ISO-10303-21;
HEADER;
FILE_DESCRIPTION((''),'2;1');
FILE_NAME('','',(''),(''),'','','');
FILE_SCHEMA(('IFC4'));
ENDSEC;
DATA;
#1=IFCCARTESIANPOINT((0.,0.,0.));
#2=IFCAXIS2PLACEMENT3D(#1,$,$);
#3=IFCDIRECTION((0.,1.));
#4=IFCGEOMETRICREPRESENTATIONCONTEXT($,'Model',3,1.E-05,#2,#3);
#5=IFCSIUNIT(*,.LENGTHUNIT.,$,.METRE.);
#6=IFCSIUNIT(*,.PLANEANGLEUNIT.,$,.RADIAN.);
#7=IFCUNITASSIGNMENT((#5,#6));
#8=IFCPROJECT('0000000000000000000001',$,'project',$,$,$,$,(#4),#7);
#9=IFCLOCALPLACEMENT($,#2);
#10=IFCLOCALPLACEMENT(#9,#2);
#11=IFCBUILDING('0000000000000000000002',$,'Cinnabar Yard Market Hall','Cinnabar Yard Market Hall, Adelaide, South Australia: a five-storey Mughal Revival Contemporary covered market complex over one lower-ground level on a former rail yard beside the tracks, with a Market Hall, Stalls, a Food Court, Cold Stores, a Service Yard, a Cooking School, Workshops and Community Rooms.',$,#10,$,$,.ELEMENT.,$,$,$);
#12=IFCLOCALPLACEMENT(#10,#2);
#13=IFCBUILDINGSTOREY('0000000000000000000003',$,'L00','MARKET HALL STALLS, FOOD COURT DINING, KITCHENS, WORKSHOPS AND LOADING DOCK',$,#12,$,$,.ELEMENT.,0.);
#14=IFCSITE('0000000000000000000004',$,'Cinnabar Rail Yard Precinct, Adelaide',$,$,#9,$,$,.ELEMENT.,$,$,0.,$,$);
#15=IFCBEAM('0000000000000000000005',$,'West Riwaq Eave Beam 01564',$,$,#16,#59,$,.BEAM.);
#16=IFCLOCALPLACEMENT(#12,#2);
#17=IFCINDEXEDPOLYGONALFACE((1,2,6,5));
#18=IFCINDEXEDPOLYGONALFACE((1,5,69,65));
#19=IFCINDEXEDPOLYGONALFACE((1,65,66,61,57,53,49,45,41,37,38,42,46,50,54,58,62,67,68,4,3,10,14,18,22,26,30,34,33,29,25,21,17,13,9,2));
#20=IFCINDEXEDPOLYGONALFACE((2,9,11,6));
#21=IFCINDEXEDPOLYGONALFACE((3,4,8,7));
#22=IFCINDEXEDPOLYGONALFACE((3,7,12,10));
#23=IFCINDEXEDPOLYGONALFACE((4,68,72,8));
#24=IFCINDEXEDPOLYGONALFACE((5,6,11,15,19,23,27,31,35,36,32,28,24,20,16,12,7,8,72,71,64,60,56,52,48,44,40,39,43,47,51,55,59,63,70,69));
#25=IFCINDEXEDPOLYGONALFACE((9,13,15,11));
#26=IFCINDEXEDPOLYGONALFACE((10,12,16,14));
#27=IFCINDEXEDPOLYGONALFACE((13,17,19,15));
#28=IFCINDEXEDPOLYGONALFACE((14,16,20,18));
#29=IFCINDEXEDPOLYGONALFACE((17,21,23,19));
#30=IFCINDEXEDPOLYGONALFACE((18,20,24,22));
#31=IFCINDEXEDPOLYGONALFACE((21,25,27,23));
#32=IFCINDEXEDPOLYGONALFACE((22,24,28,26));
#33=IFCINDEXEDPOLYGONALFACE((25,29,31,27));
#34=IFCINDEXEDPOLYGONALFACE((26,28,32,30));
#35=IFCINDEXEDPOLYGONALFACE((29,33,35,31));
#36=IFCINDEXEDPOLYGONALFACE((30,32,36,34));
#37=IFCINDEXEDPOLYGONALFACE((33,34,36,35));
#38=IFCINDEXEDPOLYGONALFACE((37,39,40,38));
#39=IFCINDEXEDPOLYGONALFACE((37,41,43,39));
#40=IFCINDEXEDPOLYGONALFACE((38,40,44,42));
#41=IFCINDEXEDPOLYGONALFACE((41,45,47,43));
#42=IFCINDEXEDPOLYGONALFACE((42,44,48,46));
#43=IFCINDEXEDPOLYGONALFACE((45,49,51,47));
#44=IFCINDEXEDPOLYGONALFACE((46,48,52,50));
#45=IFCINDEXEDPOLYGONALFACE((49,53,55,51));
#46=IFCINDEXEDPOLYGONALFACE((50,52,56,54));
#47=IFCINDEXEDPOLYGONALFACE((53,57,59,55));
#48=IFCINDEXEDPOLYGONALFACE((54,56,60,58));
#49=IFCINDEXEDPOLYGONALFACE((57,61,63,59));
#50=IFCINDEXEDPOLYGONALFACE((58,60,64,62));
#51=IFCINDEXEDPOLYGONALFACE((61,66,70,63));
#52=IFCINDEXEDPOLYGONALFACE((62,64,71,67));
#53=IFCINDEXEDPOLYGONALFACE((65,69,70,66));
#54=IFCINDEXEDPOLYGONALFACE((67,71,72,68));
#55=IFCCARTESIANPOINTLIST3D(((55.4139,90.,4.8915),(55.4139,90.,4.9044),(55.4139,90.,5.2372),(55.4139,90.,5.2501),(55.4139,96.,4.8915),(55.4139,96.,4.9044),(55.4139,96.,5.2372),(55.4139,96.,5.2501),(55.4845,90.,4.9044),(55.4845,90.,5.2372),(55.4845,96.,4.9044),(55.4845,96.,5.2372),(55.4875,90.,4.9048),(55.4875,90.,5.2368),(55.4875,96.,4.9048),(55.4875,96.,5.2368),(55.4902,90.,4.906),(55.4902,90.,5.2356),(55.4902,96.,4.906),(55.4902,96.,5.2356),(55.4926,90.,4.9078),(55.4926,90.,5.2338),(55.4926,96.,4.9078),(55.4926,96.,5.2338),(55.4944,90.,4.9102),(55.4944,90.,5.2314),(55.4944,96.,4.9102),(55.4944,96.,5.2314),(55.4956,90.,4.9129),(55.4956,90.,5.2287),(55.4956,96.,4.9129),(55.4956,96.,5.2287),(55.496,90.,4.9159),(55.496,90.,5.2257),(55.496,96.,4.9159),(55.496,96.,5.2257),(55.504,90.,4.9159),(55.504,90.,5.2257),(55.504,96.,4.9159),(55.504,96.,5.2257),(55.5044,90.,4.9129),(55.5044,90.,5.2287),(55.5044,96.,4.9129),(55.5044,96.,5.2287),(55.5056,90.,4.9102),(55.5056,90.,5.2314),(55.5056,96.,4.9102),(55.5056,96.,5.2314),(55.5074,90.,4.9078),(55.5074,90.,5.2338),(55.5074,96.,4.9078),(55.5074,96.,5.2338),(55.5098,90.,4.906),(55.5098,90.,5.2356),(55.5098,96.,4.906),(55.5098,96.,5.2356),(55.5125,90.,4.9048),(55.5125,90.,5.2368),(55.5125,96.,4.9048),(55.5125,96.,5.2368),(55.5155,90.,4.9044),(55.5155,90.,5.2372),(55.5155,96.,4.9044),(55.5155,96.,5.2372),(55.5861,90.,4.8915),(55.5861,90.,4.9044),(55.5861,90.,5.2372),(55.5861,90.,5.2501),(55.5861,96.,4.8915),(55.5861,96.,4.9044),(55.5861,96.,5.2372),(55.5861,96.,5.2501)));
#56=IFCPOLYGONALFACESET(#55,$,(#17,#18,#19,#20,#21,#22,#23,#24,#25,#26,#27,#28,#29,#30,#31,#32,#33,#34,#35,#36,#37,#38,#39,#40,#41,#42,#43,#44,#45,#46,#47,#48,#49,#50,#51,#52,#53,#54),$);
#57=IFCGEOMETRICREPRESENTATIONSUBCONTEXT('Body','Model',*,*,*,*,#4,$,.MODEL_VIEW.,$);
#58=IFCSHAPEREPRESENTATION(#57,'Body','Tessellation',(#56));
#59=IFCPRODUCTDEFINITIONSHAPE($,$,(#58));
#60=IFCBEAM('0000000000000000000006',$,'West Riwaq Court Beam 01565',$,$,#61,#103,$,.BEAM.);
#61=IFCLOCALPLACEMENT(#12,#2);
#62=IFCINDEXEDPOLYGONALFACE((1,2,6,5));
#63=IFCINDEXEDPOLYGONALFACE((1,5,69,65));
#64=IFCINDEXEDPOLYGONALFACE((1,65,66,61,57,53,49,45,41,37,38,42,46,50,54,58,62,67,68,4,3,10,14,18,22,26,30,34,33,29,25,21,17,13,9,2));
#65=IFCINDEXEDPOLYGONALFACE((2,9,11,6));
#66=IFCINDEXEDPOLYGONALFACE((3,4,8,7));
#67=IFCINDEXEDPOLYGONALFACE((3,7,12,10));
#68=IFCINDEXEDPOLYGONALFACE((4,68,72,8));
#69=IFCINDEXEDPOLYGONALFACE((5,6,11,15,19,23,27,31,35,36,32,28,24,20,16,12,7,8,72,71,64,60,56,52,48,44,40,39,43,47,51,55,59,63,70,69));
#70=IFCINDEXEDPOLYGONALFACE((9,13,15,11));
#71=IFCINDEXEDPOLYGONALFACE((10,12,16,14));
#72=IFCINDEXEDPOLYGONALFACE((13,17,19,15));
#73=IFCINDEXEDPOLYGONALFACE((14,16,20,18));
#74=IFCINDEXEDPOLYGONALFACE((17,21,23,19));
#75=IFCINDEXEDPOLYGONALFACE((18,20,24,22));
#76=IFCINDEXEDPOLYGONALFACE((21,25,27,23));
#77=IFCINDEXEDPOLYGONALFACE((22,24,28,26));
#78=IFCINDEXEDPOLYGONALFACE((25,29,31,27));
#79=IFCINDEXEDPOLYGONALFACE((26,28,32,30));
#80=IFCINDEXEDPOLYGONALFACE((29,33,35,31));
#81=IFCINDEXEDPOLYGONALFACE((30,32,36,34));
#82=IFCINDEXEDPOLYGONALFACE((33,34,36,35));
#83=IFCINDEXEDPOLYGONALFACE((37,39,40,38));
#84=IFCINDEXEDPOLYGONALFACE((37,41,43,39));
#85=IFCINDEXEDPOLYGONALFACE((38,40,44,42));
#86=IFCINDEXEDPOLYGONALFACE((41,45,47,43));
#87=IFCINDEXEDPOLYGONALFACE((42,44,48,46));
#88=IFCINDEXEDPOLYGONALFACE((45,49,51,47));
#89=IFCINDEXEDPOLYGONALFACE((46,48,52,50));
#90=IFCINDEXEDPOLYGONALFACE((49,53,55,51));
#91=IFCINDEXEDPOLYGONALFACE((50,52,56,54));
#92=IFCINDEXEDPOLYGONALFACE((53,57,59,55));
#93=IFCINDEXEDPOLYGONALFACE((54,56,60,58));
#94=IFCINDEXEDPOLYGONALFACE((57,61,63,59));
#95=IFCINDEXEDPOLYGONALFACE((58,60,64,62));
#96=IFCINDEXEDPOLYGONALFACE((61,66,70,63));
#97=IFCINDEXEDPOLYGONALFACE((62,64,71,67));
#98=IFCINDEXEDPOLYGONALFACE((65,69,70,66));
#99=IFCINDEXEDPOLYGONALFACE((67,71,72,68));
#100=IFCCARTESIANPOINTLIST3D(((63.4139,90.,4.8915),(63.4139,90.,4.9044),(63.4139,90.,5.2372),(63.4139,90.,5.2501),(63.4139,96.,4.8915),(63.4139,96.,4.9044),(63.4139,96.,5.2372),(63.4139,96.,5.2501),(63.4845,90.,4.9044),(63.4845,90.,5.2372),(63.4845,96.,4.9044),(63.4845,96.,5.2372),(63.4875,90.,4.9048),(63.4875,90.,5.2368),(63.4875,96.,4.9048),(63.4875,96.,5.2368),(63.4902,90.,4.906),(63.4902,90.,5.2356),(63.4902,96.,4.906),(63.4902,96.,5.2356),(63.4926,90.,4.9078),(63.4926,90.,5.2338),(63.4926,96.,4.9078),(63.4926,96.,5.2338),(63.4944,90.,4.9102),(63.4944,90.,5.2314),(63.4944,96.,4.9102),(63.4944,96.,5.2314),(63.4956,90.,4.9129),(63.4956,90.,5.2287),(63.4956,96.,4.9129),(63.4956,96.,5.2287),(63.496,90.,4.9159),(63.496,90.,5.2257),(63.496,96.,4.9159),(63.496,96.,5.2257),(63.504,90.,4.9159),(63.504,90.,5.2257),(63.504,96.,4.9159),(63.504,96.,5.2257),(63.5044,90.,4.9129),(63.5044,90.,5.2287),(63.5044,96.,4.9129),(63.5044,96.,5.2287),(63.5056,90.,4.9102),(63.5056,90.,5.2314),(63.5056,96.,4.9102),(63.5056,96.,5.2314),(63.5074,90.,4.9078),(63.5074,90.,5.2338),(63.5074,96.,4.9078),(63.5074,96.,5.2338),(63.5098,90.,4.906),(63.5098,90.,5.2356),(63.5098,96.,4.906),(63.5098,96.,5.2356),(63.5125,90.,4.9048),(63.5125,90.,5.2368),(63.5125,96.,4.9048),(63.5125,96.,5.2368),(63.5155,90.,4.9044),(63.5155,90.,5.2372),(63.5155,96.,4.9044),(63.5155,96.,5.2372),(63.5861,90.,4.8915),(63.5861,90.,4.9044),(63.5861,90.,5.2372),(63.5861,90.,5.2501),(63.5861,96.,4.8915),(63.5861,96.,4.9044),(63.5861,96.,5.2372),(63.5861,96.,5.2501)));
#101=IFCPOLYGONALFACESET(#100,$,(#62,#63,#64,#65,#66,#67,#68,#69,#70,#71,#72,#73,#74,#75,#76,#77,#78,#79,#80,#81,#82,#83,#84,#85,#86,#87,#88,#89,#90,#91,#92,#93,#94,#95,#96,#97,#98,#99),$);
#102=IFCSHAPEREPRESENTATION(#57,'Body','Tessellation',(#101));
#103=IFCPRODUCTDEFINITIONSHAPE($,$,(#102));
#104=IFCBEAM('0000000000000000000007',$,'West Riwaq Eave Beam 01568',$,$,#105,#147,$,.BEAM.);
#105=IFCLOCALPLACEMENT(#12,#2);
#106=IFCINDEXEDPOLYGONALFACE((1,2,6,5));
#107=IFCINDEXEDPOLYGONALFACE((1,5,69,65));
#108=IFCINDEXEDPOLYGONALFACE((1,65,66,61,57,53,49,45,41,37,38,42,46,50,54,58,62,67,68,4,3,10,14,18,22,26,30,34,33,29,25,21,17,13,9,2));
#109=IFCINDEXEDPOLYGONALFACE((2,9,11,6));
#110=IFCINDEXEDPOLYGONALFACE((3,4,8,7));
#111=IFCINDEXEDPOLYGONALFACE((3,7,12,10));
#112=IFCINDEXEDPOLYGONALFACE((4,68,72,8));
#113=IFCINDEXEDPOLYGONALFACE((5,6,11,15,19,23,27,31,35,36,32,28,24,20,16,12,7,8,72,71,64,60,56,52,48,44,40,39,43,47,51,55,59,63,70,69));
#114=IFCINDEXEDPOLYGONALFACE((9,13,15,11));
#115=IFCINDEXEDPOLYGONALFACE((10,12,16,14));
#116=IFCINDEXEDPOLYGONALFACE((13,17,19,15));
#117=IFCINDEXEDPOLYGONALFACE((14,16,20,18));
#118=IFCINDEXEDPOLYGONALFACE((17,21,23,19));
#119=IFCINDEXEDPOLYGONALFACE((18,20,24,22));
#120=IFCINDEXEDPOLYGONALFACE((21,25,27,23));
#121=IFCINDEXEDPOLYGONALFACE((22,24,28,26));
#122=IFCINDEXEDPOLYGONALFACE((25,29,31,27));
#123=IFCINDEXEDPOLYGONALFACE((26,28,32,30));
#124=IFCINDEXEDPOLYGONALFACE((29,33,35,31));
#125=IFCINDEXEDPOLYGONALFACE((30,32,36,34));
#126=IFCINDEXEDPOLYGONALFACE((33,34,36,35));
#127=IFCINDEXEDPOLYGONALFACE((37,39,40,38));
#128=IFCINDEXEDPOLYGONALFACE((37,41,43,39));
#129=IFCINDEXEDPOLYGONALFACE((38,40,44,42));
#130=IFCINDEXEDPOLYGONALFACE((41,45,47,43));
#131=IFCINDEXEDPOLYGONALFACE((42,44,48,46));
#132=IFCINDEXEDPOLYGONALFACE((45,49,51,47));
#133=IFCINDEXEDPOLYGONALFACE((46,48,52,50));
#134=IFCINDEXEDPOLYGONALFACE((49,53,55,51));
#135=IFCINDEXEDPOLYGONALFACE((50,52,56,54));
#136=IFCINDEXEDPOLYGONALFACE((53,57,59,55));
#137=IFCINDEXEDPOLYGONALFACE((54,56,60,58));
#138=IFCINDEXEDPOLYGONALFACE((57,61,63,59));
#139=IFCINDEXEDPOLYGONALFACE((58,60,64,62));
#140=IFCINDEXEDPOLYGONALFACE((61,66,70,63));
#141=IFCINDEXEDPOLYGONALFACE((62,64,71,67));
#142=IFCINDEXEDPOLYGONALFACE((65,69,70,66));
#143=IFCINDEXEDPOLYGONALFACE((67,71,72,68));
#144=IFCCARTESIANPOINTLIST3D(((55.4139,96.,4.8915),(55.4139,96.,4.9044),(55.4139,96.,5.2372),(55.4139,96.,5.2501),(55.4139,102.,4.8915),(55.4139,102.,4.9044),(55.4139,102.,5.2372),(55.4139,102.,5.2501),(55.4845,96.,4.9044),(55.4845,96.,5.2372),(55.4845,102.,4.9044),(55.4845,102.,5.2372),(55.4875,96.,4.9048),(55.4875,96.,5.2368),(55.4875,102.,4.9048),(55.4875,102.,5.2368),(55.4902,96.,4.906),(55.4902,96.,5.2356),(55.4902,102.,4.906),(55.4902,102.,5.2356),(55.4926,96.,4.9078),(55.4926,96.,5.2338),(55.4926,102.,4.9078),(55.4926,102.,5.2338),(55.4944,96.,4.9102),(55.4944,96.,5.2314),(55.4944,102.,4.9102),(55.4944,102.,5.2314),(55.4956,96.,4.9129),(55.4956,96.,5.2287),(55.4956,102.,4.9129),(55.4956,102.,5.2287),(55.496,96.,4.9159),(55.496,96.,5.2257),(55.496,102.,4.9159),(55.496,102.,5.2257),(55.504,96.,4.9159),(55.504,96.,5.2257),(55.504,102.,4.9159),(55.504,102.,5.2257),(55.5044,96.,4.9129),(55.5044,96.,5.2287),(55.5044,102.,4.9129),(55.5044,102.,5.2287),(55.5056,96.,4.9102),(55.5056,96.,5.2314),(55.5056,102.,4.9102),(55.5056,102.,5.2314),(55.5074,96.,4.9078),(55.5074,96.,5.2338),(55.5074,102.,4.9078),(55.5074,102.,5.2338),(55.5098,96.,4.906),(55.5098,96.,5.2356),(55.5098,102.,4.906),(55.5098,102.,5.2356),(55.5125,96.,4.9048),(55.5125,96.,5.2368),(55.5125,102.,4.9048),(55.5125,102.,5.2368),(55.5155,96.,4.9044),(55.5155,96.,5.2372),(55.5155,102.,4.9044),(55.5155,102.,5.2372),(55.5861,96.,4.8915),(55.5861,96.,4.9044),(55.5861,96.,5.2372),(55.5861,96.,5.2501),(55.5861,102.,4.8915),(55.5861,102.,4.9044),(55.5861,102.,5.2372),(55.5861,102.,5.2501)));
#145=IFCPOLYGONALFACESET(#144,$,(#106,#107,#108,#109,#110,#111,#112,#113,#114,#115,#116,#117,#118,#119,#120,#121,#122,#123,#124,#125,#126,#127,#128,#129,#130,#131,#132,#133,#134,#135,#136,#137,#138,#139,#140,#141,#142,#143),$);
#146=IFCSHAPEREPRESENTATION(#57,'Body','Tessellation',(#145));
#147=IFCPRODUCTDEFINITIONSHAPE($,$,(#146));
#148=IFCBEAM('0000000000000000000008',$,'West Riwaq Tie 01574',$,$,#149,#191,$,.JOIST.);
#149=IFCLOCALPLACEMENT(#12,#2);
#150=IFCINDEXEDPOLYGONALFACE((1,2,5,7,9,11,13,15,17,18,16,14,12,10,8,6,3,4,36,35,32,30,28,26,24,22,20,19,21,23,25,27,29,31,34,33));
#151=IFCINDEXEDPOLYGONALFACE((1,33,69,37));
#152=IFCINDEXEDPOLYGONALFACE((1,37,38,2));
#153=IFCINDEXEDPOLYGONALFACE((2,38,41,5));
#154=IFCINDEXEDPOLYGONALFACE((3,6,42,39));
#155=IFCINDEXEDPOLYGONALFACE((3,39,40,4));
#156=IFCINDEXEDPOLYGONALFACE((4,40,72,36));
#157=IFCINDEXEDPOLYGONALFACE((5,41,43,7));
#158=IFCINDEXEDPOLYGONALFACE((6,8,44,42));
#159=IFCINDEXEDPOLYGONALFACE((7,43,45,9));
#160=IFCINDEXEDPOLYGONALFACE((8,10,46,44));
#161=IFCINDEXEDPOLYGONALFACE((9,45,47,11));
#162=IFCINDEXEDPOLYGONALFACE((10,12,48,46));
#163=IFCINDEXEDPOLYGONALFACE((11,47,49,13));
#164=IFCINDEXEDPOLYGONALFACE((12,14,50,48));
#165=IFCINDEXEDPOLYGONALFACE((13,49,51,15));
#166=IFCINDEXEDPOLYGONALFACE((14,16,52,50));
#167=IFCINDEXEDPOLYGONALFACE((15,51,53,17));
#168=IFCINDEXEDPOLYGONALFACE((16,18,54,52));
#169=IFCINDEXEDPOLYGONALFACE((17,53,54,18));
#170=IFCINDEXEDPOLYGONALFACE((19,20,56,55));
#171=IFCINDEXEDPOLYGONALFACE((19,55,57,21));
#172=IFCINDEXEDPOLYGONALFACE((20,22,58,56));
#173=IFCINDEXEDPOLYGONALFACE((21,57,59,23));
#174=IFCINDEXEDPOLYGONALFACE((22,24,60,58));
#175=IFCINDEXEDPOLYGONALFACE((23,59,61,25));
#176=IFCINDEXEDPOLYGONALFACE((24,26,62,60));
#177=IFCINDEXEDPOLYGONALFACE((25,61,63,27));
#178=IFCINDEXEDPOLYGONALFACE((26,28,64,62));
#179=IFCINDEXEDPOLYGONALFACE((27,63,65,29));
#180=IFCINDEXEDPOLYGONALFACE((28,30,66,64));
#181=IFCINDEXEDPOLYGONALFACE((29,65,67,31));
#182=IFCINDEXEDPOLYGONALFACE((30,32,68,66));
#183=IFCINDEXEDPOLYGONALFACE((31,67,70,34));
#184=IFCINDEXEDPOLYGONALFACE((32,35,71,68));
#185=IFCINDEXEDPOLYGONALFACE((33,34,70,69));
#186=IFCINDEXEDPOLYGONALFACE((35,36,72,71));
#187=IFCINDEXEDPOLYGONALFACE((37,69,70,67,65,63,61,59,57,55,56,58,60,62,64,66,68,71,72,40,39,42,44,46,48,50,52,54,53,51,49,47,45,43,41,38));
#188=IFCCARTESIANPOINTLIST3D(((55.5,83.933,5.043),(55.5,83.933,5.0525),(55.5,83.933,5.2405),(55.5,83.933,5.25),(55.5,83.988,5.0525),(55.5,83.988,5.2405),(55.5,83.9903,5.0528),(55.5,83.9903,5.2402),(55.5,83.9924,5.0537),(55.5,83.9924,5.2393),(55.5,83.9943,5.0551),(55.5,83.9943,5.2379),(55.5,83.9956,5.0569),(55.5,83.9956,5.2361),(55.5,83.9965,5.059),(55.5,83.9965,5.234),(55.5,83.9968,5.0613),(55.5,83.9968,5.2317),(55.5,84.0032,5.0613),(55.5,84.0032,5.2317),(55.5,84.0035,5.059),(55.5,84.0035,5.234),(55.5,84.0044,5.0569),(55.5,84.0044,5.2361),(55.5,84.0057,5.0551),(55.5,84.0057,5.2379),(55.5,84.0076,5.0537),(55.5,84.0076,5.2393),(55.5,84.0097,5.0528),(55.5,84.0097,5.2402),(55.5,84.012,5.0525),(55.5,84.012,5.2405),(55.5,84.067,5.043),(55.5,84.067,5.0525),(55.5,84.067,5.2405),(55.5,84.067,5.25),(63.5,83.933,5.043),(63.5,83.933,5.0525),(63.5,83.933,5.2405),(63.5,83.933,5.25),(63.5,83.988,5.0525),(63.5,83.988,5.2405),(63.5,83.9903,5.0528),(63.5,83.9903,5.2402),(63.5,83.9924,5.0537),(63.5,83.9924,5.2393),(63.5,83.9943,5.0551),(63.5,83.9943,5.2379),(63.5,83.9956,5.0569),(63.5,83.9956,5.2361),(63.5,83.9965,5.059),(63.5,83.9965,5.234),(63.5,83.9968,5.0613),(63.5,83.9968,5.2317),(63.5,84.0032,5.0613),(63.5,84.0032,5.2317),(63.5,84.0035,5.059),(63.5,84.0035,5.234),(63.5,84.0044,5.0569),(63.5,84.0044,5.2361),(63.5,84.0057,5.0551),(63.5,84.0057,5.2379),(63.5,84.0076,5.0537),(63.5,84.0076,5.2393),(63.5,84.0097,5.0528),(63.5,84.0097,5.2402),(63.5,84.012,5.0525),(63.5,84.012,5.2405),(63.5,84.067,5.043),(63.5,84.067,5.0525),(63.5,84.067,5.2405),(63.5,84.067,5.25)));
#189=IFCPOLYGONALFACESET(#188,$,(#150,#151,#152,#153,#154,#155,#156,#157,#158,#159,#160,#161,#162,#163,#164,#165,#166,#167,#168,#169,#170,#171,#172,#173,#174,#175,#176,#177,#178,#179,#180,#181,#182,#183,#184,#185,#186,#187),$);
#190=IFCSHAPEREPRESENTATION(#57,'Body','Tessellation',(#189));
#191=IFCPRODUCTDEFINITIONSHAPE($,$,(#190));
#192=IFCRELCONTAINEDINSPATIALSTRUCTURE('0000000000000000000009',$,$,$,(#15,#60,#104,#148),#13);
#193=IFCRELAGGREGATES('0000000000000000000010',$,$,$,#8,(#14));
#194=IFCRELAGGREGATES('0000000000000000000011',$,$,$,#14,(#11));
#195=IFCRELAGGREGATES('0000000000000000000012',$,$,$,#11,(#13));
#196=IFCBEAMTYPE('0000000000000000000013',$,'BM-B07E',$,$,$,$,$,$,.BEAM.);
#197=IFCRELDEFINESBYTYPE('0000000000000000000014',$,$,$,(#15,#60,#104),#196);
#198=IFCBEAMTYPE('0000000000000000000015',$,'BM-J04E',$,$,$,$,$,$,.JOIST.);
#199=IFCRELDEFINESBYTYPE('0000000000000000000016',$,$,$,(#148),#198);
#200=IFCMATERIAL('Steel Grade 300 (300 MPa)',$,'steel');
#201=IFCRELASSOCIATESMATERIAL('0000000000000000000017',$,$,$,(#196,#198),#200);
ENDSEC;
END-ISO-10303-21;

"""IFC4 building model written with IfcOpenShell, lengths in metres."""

from ifc_helpers import new_model, si_unit, direction, frame, origin, origin_2d_with_axis, place, context, subcontext, project, spatial, i_section, extrude, material, material_profile, profile_set, type_object, element, save


model = new_model("IFC4")

# Units and contexts
model_context = context("Model", 3, precision=1e-05, world=origin(), true_north=direction((0.0, 1.0)))
body_context = subcontext(model_context, "Body", "Model", "MODEL_VIEW")
ifc_project = project(units=[si_unit("LENGTHUNIT", "METRE"), si_unit("PLANEANGLEUNIT", "RADIAN")], contexts=[model_context])

# Site, building, storey
site_placement = place(None, origin())
site = spatial("IfcSite", under=ifc_project, at=site_placement, Name="Cinnabar Rail Yard Precinct, Adelaide", CompositionType="ELEMENT", RefElevation=0.0)
building_placement = place(site_placement, origin())
building = spatial("IfcBuilding", under=site, at=building_placement, Name="Cinnabar Yard Market Hall", Description="Cinnabar Yard Market Hall, Adelaide, South Australia: a five-storey Mughal Revival Contemporary covered market complex over one lower-ground level on a former rail yard beside the tracks, with a Market Hall, Stalls, a Food Court, Cold Stores, a Service Yard, a Cooking School, Workshops and Community Rooms.", CompositionType="ELEMENT")
storey_placement = place(building_placement, origin())
storey = spatial("IfcBuildingStorey", under=building, at=storey_placement, Name="L00", Description="MARKET HALL STALLS, FOOD COURT DINING, KITCHENS, WORKSHOPS AND LOADING DOCK", CompositionType="ELEMENT", Elevation=0.0)

# Shared definitions
ifc_material_1 = material(Name="Steel Grade 300 (300 MPa)", Category="steel")

# Beams
ifc_material_profile_1 = material_profile(ifc_material_1, i_section(OverallWidth=0.1721, OverallDepth=0.3586, WebThickness=0.0081, FlangeThickness=0.0129, FilletRadius=0.0115, at=origin_2d_with_axis()), Name="360UB56.7")
ifc_profile_set_1 = profile_set([ifc_material_profile_1], Name="Steel Grade 300 (300 MPa)")
beam_type_1 = type_object("IfcBeamType", Name="BM-B07E", PredefinedType="BEAM", material=ifc_profile_set_1)
for number, where, z_axis, x_axis, name in (
    (1, (55.5, 90.0, 5.0708), (0.0, 1.0, 0.0), (-1.0, 0.0, 0.0), "West Riwaq Eave Beam 01564"),
    (2, (63.5, 90.0, 5.0708), (0.0, 1.0, 0.0), (-1.0, 0.0, 0.0), "West Riwaq Court Beam 01565"),
    (3, (55.5, 96.0, 5.0708), (0.0, 1.0, 0.0), (-1.0, 0.0, 0.0), "West Riwaq Eave Beam 01568"),
):
    element("IfcBeam", number, at=place(storey_placement, frame(where, z_axis=z_axis, x_axis=x_axis)), inside=storey, type_object=beam_type_1, Name=name, PredefinedType="BEAM", context=body_context, shape_type="SweptSolid", body=[
        extrude(i_section(OverallWidth=0.1721, OverallDepth=0.3586, WebThickness=0.0081, FlangeThickness=0.0129, FilletRadius=0.0115, at=origin_2d_with_axis()), origin(), (0.0, 0.0, 1.0), 6.0),
    ])
ifc_material_profile_2 = material_profile(ifc_material_1, i_section(OverallWidth=0.134, OverallDepth=0.207, WebThickness=0.0063, FlangeThickness=0.0095, FilletRadius=0.0088, at=origin_2d_with_axis()), Name="200UB29.8")
ifc_profile_set_2 = profile_set([ifc_material_profile_2], Name="Steel Grade 300 (300 MPa)")
beam_type_2 = type_object("IfcBeamType", Name="BM-J04E", PredefinedType="JOIST", material=ifc_profile_set_2)
for number, where, z_axis, x_axis, name in (
    (4, (55.5, 84.0, 5.1465), (1.0, 0.0, 0.0), (0.0, 1.0, 0.0), "West Riwaq Tie 01574"),
):
    element("IfcBeam", number, at=place(storey_placement, frame(where, z_axis=z_axis, x_axis=x_axis)), inside=storey, type_object=beam_type_2, Name=name, PredefinedType="JOIST", context=body_context, shape_type="SweptSolid", body=[
        extrude(i_section(OverallWidth=0.134, OverallDepth=0.207, WebThickness=0.0063, FlangeThickness=0.0095, FilletRadius=0.0088, at=origin_2d_with_axis()), origin(), (0.0, 0.0, 1.0), 8.0),
    ])

save(model, "model.ifc")
